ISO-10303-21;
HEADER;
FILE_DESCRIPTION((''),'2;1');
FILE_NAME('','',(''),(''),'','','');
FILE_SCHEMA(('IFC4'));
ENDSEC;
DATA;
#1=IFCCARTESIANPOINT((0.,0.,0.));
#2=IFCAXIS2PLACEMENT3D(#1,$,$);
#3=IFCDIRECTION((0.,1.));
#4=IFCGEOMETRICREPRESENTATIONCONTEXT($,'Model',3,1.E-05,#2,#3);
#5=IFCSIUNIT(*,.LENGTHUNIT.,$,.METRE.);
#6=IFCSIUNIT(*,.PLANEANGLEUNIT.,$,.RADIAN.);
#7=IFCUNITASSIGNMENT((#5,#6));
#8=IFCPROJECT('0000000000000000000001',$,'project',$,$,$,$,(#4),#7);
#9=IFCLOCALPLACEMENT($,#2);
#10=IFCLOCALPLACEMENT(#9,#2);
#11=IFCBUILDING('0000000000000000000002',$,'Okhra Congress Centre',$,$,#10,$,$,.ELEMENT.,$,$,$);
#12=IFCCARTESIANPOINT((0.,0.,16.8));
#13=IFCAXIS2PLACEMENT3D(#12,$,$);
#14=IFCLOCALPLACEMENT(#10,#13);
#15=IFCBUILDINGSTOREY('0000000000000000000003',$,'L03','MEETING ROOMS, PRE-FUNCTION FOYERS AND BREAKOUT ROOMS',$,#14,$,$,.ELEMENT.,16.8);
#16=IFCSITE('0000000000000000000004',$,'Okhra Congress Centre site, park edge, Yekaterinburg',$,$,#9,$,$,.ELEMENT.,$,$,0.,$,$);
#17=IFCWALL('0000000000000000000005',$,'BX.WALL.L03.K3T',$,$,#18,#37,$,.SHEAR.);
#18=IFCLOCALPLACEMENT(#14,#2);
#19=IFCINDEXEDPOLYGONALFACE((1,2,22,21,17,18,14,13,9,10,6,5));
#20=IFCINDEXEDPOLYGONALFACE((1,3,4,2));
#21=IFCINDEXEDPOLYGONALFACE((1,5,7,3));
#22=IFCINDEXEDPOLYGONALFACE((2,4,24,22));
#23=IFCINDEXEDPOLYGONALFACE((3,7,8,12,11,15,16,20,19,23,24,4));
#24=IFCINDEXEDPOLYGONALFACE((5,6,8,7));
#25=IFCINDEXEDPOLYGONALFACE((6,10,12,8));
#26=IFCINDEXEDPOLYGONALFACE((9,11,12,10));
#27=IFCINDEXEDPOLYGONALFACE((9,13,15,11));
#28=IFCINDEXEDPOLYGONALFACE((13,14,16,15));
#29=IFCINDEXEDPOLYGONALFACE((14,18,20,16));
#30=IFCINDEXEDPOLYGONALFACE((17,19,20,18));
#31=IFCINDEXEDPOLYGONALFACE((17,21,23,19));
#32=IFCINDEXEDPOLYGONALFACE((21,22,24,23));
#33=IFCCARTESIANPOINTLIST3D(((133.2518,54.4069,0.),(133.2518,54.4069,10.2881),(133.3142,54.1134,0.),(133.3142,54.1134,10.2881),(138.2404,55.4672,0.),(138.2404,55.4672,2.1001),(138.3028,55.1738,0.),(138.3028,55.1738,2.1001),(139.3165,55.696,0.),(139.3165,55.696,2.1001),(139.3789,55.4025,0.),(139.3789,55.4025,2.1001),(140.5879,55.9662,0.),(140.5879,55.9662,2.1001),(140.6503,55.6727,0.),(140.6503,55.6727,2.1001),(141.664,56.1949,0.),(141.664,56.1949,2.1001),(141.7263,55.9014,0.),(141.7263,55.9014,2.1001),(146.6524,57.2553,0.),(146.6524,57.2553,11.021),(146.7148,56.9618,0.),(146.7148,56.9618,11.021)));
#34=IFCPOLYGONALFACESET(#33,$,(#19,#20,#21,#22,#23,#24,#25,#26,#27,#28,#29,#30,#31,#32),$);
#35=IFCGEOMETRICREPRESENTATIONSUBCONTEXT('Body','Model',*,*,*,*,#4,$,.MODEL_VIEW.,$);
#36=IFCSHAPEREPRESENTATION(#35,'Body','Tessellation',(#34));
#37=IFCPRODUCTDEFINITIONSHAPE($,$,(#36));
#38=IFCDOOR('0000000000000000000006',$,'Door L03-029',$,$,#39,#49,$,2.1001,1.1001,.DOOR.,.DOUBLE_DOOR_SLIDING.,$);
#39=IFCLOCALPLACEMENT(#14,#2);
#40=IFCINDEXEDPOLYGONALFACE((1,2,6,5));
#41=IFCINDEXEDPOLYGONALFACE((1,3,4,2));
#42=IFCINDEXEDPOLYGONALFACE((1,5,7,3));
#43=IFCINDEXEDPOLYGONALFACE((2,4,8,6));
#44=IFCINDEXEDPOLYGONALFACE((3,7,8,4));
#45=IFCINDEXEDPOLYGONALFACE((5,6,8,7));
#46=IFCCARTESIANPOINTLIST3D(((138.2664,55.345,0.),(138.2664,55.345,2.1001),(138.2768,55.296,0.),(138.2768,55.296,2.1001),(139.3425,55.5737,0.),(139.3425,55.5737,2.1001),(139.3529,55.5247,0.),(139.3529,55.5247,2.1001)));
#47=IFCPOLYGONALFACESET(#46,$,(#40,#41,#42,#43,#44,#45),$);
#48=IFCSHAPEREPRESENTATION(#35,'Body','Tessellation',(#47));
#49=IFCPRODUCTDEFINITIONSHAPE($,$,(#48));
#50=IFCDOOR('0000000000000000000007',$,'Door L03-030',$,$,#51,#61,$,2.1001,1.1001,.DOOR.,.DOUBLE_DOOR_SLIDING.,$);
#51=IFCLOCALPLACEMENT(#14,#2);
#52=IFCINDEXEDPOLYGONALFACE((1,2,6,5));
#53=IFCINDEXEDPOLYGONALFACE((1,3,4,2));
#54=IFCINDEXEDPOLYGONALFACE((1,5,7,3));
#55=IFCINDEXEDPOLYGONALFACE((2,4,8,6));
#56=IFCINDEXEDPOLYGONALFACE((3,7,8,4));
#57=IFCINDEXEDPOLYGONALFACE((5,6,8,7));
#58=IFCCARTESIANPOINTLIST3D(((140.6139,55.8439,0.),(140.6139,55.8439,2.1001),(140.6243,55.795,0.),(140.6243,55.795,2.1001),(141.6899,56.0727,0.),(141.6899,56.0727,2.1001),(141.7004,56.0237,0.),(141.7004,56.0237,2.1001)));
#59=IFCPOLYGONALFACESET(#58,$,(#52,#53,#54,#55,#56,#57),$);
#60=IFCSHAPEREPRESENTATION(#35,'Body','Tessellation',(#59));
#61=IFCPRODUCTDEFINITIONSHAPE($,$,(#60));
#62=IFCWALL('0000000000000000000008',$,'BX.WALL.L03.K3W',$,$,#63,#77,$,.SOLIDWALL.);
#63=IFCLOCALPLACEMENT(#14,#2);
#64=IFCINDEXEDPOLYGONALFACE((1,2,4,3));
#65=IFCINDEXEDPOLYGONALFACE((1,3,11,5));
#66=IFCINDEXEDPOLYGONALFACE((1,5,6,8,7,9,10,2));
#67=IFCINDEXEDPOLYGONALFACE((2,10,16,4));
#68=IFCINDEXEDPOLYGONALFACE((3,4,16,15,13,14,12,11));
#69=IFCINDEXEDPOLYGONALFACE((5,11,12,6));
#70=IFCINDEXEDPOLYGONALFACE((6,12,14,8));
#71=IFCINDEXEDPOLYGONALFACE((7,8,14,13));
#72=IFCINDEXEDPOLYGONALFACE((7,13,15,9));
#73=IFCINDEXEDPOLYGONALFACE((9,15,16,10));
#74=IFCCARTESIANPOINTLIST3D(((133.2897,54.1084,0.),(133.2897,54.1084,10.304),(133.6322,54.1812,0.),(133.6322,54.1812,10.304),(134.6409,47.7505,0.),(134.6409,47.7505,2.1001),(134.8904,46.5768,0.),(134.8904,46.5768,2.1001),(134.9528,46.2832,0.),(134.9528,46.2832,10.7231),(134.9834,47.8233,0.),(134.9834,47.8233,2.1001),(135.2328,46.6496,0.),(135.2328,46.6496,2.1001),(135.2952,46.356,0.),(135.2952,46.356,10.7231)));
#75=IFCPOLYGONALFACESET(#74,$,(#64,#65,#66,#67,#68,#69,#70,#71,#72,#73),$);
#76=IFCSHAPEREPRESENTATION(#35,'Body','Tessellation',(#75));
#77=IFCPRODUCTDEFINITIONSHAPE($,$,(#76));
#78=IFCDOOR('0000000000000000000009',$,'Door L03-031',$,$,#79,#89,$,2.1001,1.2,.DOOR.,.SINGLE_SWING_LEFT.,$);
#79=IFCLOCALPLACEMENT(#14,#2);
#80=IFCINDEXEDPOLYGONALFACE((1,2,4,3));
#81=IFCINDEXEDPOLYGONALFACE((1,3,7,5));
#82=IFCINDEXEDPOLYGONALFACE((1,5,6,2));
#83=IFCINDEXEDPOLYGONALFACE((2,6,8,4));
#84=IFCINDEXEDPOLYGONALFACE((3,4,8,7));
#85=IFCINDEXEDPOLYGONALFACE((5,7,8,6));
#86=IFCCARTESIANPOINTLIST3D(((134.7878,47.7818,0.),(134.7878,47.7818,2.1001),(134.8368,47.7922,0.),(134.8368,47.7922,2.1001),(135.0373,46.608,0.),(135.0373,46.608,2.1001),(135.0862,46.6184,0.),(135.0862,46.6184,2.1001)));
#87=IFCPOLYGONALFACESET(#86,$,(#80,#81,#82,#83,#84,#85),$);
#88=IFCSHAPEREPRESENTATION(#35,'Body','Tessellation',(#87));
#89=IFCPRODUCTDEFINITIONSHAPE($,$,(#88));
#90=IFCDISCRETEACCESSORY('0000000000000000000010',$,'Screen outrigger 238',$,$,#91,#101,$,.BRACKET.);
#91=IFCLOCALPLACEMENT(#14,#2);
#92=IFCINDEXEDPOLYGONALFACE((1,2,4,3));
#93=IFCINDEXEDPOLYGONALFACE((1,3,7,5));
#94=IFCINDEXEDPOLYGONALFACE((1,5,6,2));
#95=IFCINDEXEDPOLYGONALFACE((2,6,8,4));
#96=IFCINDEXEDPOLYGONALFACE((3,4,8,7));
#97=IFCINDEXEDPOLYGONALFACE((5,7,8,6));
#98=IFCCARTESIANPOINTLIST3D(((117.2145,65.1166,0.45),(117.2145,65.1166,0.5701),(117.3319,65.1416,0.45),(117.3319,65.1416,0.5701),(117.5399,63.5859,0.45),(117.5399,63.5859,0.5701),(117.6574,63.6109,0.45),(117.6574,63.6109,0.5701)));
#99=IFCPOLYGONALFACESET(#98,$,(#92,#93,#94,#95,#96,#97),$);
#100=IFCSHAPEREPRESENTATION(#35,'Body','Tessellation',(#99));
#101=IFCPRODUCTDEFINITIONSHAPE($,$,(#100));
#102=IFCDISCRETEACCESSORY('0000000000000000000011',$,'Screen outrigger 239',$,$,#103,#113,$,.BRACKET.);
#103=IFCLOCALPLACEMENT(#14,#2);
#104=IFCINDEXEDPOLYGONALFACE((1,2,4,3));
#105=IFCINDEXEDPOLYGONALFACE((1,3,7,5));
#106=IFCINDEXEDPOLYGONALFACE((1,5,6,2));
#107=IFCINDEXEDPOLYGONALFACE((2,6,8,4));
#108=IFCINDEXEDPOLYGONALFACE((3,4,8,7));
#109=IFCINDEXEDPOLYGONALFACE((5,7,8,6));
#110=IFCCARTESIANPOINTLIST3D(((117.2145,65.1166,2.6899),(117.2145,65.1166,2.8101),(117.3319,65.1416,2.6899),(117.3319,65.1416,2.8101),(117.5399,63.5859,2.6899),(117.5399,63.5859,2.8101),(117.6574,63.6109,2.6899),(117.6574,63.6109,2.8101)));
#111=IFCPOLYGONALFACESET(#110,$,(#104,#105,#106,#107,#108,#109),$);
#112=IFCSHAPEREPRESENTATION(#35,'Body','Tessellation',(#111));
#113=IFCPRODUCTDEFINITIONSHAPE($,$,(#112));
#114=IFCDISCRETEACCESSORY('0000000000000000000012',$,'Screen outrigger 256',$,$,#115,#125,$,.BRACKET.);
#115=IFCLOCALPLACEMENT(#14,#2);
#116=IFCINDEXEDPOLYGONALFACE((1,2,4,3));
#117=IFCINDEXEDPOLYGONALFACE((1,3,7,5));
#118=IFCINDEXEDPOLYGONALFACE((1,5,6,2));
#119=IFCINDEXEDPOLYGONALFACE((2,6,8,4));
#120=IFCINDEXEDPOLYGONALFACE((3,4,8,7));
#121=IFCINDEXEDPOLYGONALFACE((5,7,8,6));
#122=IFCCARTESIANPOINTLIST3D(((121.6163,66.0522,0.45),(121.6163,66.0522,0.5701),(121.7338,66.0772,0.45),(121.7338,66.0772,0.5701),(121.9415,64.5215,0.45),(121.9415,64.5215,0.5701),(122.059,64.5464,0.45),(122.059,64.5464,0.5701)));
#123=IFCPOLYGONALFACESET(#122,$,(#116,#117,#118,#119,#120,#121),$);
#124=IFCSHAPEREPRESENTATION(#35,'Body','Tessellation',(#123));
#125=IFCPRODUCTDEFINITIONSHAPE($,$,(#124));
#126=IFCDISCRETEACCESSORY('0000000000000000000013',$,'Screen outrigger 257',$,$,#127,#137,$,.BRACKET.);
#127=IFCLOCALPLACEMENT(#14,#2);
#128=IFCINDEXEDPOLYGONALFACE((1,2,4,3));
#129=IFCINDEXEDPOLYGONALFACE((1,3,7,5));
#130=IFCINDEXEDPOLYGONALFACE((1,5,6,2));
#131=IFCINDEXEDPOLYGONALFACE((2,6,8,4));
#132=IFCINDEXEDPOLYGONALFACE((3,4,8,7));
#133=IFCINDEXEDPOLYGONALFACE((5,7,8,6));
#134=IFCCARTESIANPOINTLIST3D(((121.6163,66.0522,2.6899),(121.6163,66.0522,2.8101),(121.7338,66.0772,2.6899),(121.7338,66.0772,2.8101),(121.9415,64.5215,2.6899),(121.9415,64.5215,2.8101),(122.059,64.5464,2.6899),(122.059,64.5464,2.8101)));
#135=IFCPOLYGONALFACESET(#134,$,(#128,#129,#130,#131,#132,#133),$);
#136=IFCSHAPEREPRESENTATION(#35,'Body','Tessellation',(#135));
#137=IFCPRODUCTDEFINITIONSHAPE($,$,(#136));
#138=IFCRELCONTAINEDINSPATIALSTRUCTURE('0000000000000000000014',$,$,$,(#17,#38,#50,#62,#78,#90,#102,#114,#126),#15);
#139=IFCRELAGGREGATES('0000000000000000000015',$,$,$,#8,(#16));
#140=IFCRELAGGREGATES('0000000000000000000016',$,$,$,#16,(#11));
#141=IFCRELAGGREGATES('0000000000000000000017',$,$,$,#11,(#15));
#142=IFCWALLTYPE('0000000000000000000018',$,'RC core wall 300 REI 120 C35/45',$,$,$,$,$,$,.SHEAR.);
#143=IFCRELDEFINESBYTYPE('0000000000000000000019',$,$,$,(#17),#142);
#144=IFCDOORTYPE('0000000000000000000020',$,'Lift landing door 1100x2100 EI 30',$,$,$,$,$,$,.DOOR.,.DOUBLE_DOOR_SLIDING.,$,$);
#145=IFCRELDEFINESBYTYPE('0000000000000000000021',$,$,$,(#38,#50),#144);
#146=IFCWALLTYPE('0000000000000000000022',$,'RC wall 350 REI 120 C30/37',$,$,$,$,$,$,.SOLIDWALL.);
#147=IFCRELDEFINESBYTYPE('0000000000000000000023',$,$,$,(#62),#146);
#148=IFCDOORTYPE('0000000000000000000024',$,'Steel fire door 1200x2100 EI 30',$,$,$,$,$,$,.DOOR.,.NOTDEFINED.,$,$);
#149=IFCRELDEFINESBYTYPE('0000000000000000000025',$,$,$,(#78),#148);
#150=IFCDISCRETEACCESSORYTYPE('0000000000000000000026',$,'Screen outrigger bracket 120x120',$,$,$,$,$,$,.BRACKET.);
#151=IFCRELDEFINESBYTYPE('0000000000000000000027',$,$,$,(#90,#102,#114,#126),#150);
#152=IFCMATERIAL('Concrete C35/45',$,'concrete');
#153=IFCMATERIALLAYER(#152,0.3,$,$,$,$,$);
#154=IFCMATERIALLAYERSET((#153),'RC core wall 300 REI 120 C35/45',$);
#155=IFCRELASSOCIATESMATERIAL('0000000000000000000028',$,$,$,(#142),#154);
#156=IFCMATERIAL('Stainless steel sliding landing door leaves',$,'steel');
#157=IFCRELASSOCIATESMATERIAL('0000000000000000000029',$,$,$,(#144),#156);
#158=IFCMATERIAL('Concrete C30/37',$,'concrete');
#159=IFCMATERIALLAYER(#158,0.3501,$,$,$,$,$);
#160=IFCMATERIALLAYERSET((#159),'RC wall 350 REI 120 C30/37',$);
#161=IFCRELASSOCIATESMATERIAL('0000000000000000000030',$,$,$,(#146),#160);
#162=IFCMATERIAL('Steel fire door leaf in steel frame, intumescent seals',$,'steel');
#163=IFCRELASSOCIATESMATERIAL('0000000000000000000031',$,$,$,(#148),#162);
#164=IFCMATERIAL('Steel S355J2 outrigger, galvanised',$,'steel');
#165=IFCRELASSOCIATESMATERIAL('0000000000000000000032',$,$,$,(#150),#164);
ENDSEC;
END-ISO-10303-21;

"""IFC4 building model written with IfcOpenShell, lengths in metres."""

from ifc_helpers import new_model, si_unit, direction, frame, frame_2d, origin, origin_2d, place, context, subcontext, project, spatial, polyline, rectangle, outline, extrude, material, layer, layer_set, material_profile, profile_set, type_object, element, fill, save


model = new_model("IFC4")

# Units and contexts
model_context = context("Model", 3, precision=1e-05, world=origin(), true_north=direction((0.0, 1.0)))
body_context = subcontext(model_context, "Body", "Model", "MODEL_VIEW")
ifc_project = project(units=[si_unit("LENGTHUNIT", "METRE"), si_unit("PLANEANGLEUNIT", "RADIAN")], contexts=[model_context])

# Site, building, storey
site_placement = place(None, origin())
site = spatial("IfcSite", under=ifc_project, at=site_placement, Name="Okhra Congress Centre site, park edge, Yekaterinburg", CompositionType="ELEMENT", RefElevation=0.0)
building_placement = place(site_placement, origin())
building = spatial("IfcBuilding", under=site, at=building_placement, Name="Okhra Congress Centre", CompositionType="ELEMENT")
storey_placement = place(building_placement, frame((0.0, 0.0, 16.8)))
storey = spatial("IfcBuildingStorey", under=building, at=storey_placement, Name="L03", Description="MEETING ROOMS, PRE-FUNCTION FOYERS AND BREAKOUT ROOMS", CompositionType="ELEMENT", Elevation=16.8)

# Shared definitions
ifc_material_1 = material(Name="Concrete C35/45", Category="concrete")
ifc_layer_1 = layer(ifc_material_1, 0.3)
ifc_layer_set_1 = layer_set([ifc_layer_1], Name="RC core wall 300 REI 120 C35/45")
wall_type_1 = type_object("IfcWallType", Name="RC core wall 300 REI 120 C35/45", PredefinedType="SHEAR", material=ifc_layer_set_1)
ifc_material_2 = material(Name="Steel fire door leaf in steel frame, intumescent seals", Category="steel")

# Wall, openings, doors
wall_1_placement = place(storey_placement, frame((133.283, 54.2603, 0.0), z_axis=(0.0, 0.0, 1.0), x_axis=(0.978148, 0.207911, 0.0)))
wall_1 = element("IfcWall", 1, at=wall_1_placement, inside=storey, type_object=wall_type_1, Name="BX.WALL.L03.K3T", PredefinedType="SHEAR", context=body_context, shape_type="SweptSolid", body=[
    extrude(outline(polyline([(0.0, 0.0), (13.7, 0.0), (13.7, 11.021), (0.0, 10.2881), (0.0, 0.0)])), frame((0.0, 0.1499, 0.0), z_axis=(0.0, -1.0, 0.0), x_axis=(1.0, 0.0, 0.0)), (0.0, 0.0, 1.0), 0.3),
])
opening_1_placement = place(wall_1_placement, frame((5.1001, 0.0, 0.0)))
opening_1 = element("IfcOpeningElement", 2, at=opening_1_placement, cuts=wall_1, PredefinedType="OPENING", context=body_context, shape_type="SweptSolid", body=[
    extrude(rectangle(XDim=1.1001, YDim=2.1001, at=frame_2d((0.55, 1.05))), frame((0.0, 0.1599, 0.0), z_axis=(0.0, -1.0, 0.0), x_axis=(1.0, 0.0, 0.0)), (0.0, 0.0, 1.0), 0.3201),
])
opening_2_placement = place(wall_1_placement, frame((7.5, 0.0, 0.0)))
opening_2 = element("IfcOpeningElement", 3, at=opening_2_placement, cuts=wall_1, PredefinedType="OPENING", context=body_context, shape_type="SweptSolid", body=[
    extrude(rectangle(XDim=1.1001, YDim=2.1001, at=frame_2d((0.55, 1.05))), frame((0.0, 0.1599, 0.0), z_axis=(0.0, -1.0, 0.0), x_axis=(1.0, 0.0, 0.0)), (0.0, 0.0, 1.0), 0.3201),
])
ifc_material_3 = material(Name="Stainless steel sliding landing door leaves", Category="steel")
door_type_1 = type_object("IfcDoorType", Name="Lift landing door 1100x2100 EI 30", OperationType="DOUBLE_DOOR_SLIDING", PredefinedType="DOOR", material=ifc_material_3)
door_1_placement = place(opening_1_placement, origin())
door_1 = element("IfcDoor", 4, at=door_1_placement, inside=storey, type_object=door_type_1, Name="Door L03-029", OperationType="DOUBLE_DOOR_SLIDING", OverallHeight=2.1001, OverallWidth=1.1001, PredefinedType="DOOR", context=body_context, shape_type="SweptSolid", body=[
    extrude(rectangle(XDim=1.1001, YDim=2.1001, at=frame_2d((0.55, 1.05))), frame((0.0, 0.0249, 0.0), z_axis=(0.0, -1.0, 0.0), x_axis=(1.0, 0.0, 0.0)), (0.0, 0.0, 1.0), 0.05),
])
fill(opening_1, door_1)
door_2_placement = place(opening_2_placement, origin())
door_2 = element("IfcDoor", 5, at=door_2_placement, inside=storey, type_object=door_type_1, Name="Door L03-030", OperationType="DOUBLE_DOOR_SLIDING", OverallHeight=2.1001, OverallWidth=1.1001, PredefinedType="DOOR", context=body_context, shape_type="SweptSolid", body=[
    extrude(rectangle(XDim=1.1001, YDim=2.1001, at=frame_2d((0.55, 1.05))), frame((0.0, 0.0249, 0.0), z_axis=(0.0, -1.0, 0.0), x_axis=(1.0, 0.0, 0.0)), (0.0, 0.0, 1.0), 0.05),
])
fill(opening_2, door_2)

# Wall, opening, door
ifc_material_4 = material(Name="Concrete C30/37", Category="concrete")
ifc_layer_2 = layer(ifc_material_4, 0.3501)
ifc_layer_set_2 = layer_set([ifc_layer_2], Name="RC wall 350 REI 120 C30/37")
wall_type_2 = type_object("IfcWallType", Name="RC wall 350 REI 120 C30/37", PredefinedType="SOLIDWALL", material=ifc_layer_set_2)
wall_2_placement = place(storey_placement, frame((135.124, 46.3196, 0.0), z_axis=(0.0, 0.0, 1.0), x_axis=(-0.207886, 0.978153, 0.0)))
wall_2 = element("IfcWall", 6, at=wall_2_placement, inside=storey, type_object=wall_type_2, Name="BX.WALL.L03.K3W", PredefinedType="SOLIDWALL", context=body_context, shape_type="SweptSolid", body=[
    extrude(outline(polyline([(0.0, 0.0), (8.0, 0.0), (8.0, 10.304), (0.0, 10.7231), (0.0, 0.0)])), frame((0.0, 0.175, 0.0), z_axis=(0.0, -1.0, 0.0), x_axis=(1.0, 0.0, 0.0)), (0.0, 0.0, 1.0), 0.3501),
])
opening_3_placement = place(wall_2_placement, frame((0.3, 0.0, 0.0)))
opening_3 = element("IfcOpeningElement", 7, at=opening_3_placement, cuts=wall_2, PredefinedType="OPENING", context=body_context, shape_type="SweptSolid", body=[
    extrude(rectangle(XDim=1.2, YDim=2.1001, at=frame_2d((0.6001, 1.05))), frame((0.0, 0.1851, 0.0), z_axis=(0.0, -1.0, 0.0), x_axis=(1.0, 0.0, 0.0)), (0.0, 0.0, 1.0), 0.3701),
])
door_type_2 = type_object("IfcDoorType", Name="Steel fire door 1200x2100 EI 30", OperationType="NOTDEFINED", PredefinedType="DOOR", material=ifc_material_2)
door_3_placement = place(opening_3_placement, origin())
door_3 = element("IfcDoor", 8, at=door_3_placement, inside=storey, type_object=door_type_2, Name="Door L03-031", OperationType="SINGLE_SWING_LEFT", OverallHeight=2.1001, OverallWidth=1.2, PredefinedType="DOOR", context=body_context, shape_type="SweptSolid", body=[
    extrude(rectangle(XDim=1.2, YDim=2.1001, at=frame_2d((0.6001, 1.05))), frame((0.0, 0.0249, 0.0), z_axis=(0.0, -1.0, 0.0), x_axis=(1.0, 0.0, 0.0)), (0.0, 0.0, 1.0), 0.05),
])
fill(opening_3, door_3)

# Discrete accessories
ifc_material_5 = material(Name="Steel S355J2 outrigger, galvanised", Category="steel")
ifc_material_profile_1 = material_profile(ifc_material_5, rectangle(XDim=0.1201, YDim=0.1201, at=origin_2d()), Name="Screen outrigger bracket 120x120")
ifc_profile_set_1 = profile_set([ifc_material_profile_1], Name="Steel S355J2 outrigger, galvanised")
discrete_accessory_type = type_object("IfcDiscreteAccessoryType", Name="Screen outrigger bracket 120x120", PredefinedType="BRACKET", material=ifc_profile_set_1)
for number, where, z_axis, x_axis, name in (
    (9, (117.5986, 63.5984, 0.51), (-0.207952, 0.978139, 0.0), (-0.978139, -0.207952, 0.0), "Screen outrigger 238"),
    (10, (117.5986, 63.5984, 2.75), (-0.207952, 0.978139, 0.0), (-0.978139, -0.207952, 0.0), "Screen outrigger 239"),
    (11, (122.0002, 64.5339, 0.51), (-0.207803, 0.978171, 0.0), (-0.978171, -0.207803, 0.0), "Screen outrigger 256"),
    (12, (122.0002, 64.5339, 2.75), (-0.207803, 0.978171, 0.0), (-0.978171, -0.207803, 0.0), "Screen outrigger 257"),
):
    element("IfcDiscreteAccessory", number, at=place(storey_placement, frame(where, z_axis=z_axis, x_axis=x_axis)), inside=storey, type_object=discrete_accessory_type, Name=name, PredefinedType="BRACKET", context=body_context, shape_type="SweptSolid", body=[
        extrude(rectangle(XDim=0.1201, YDim=0.1201, at=origin_2d()), origin(), (0.0, 0.0, 1.0), 1.5649),
    ])

save(model, "model.ifc")
